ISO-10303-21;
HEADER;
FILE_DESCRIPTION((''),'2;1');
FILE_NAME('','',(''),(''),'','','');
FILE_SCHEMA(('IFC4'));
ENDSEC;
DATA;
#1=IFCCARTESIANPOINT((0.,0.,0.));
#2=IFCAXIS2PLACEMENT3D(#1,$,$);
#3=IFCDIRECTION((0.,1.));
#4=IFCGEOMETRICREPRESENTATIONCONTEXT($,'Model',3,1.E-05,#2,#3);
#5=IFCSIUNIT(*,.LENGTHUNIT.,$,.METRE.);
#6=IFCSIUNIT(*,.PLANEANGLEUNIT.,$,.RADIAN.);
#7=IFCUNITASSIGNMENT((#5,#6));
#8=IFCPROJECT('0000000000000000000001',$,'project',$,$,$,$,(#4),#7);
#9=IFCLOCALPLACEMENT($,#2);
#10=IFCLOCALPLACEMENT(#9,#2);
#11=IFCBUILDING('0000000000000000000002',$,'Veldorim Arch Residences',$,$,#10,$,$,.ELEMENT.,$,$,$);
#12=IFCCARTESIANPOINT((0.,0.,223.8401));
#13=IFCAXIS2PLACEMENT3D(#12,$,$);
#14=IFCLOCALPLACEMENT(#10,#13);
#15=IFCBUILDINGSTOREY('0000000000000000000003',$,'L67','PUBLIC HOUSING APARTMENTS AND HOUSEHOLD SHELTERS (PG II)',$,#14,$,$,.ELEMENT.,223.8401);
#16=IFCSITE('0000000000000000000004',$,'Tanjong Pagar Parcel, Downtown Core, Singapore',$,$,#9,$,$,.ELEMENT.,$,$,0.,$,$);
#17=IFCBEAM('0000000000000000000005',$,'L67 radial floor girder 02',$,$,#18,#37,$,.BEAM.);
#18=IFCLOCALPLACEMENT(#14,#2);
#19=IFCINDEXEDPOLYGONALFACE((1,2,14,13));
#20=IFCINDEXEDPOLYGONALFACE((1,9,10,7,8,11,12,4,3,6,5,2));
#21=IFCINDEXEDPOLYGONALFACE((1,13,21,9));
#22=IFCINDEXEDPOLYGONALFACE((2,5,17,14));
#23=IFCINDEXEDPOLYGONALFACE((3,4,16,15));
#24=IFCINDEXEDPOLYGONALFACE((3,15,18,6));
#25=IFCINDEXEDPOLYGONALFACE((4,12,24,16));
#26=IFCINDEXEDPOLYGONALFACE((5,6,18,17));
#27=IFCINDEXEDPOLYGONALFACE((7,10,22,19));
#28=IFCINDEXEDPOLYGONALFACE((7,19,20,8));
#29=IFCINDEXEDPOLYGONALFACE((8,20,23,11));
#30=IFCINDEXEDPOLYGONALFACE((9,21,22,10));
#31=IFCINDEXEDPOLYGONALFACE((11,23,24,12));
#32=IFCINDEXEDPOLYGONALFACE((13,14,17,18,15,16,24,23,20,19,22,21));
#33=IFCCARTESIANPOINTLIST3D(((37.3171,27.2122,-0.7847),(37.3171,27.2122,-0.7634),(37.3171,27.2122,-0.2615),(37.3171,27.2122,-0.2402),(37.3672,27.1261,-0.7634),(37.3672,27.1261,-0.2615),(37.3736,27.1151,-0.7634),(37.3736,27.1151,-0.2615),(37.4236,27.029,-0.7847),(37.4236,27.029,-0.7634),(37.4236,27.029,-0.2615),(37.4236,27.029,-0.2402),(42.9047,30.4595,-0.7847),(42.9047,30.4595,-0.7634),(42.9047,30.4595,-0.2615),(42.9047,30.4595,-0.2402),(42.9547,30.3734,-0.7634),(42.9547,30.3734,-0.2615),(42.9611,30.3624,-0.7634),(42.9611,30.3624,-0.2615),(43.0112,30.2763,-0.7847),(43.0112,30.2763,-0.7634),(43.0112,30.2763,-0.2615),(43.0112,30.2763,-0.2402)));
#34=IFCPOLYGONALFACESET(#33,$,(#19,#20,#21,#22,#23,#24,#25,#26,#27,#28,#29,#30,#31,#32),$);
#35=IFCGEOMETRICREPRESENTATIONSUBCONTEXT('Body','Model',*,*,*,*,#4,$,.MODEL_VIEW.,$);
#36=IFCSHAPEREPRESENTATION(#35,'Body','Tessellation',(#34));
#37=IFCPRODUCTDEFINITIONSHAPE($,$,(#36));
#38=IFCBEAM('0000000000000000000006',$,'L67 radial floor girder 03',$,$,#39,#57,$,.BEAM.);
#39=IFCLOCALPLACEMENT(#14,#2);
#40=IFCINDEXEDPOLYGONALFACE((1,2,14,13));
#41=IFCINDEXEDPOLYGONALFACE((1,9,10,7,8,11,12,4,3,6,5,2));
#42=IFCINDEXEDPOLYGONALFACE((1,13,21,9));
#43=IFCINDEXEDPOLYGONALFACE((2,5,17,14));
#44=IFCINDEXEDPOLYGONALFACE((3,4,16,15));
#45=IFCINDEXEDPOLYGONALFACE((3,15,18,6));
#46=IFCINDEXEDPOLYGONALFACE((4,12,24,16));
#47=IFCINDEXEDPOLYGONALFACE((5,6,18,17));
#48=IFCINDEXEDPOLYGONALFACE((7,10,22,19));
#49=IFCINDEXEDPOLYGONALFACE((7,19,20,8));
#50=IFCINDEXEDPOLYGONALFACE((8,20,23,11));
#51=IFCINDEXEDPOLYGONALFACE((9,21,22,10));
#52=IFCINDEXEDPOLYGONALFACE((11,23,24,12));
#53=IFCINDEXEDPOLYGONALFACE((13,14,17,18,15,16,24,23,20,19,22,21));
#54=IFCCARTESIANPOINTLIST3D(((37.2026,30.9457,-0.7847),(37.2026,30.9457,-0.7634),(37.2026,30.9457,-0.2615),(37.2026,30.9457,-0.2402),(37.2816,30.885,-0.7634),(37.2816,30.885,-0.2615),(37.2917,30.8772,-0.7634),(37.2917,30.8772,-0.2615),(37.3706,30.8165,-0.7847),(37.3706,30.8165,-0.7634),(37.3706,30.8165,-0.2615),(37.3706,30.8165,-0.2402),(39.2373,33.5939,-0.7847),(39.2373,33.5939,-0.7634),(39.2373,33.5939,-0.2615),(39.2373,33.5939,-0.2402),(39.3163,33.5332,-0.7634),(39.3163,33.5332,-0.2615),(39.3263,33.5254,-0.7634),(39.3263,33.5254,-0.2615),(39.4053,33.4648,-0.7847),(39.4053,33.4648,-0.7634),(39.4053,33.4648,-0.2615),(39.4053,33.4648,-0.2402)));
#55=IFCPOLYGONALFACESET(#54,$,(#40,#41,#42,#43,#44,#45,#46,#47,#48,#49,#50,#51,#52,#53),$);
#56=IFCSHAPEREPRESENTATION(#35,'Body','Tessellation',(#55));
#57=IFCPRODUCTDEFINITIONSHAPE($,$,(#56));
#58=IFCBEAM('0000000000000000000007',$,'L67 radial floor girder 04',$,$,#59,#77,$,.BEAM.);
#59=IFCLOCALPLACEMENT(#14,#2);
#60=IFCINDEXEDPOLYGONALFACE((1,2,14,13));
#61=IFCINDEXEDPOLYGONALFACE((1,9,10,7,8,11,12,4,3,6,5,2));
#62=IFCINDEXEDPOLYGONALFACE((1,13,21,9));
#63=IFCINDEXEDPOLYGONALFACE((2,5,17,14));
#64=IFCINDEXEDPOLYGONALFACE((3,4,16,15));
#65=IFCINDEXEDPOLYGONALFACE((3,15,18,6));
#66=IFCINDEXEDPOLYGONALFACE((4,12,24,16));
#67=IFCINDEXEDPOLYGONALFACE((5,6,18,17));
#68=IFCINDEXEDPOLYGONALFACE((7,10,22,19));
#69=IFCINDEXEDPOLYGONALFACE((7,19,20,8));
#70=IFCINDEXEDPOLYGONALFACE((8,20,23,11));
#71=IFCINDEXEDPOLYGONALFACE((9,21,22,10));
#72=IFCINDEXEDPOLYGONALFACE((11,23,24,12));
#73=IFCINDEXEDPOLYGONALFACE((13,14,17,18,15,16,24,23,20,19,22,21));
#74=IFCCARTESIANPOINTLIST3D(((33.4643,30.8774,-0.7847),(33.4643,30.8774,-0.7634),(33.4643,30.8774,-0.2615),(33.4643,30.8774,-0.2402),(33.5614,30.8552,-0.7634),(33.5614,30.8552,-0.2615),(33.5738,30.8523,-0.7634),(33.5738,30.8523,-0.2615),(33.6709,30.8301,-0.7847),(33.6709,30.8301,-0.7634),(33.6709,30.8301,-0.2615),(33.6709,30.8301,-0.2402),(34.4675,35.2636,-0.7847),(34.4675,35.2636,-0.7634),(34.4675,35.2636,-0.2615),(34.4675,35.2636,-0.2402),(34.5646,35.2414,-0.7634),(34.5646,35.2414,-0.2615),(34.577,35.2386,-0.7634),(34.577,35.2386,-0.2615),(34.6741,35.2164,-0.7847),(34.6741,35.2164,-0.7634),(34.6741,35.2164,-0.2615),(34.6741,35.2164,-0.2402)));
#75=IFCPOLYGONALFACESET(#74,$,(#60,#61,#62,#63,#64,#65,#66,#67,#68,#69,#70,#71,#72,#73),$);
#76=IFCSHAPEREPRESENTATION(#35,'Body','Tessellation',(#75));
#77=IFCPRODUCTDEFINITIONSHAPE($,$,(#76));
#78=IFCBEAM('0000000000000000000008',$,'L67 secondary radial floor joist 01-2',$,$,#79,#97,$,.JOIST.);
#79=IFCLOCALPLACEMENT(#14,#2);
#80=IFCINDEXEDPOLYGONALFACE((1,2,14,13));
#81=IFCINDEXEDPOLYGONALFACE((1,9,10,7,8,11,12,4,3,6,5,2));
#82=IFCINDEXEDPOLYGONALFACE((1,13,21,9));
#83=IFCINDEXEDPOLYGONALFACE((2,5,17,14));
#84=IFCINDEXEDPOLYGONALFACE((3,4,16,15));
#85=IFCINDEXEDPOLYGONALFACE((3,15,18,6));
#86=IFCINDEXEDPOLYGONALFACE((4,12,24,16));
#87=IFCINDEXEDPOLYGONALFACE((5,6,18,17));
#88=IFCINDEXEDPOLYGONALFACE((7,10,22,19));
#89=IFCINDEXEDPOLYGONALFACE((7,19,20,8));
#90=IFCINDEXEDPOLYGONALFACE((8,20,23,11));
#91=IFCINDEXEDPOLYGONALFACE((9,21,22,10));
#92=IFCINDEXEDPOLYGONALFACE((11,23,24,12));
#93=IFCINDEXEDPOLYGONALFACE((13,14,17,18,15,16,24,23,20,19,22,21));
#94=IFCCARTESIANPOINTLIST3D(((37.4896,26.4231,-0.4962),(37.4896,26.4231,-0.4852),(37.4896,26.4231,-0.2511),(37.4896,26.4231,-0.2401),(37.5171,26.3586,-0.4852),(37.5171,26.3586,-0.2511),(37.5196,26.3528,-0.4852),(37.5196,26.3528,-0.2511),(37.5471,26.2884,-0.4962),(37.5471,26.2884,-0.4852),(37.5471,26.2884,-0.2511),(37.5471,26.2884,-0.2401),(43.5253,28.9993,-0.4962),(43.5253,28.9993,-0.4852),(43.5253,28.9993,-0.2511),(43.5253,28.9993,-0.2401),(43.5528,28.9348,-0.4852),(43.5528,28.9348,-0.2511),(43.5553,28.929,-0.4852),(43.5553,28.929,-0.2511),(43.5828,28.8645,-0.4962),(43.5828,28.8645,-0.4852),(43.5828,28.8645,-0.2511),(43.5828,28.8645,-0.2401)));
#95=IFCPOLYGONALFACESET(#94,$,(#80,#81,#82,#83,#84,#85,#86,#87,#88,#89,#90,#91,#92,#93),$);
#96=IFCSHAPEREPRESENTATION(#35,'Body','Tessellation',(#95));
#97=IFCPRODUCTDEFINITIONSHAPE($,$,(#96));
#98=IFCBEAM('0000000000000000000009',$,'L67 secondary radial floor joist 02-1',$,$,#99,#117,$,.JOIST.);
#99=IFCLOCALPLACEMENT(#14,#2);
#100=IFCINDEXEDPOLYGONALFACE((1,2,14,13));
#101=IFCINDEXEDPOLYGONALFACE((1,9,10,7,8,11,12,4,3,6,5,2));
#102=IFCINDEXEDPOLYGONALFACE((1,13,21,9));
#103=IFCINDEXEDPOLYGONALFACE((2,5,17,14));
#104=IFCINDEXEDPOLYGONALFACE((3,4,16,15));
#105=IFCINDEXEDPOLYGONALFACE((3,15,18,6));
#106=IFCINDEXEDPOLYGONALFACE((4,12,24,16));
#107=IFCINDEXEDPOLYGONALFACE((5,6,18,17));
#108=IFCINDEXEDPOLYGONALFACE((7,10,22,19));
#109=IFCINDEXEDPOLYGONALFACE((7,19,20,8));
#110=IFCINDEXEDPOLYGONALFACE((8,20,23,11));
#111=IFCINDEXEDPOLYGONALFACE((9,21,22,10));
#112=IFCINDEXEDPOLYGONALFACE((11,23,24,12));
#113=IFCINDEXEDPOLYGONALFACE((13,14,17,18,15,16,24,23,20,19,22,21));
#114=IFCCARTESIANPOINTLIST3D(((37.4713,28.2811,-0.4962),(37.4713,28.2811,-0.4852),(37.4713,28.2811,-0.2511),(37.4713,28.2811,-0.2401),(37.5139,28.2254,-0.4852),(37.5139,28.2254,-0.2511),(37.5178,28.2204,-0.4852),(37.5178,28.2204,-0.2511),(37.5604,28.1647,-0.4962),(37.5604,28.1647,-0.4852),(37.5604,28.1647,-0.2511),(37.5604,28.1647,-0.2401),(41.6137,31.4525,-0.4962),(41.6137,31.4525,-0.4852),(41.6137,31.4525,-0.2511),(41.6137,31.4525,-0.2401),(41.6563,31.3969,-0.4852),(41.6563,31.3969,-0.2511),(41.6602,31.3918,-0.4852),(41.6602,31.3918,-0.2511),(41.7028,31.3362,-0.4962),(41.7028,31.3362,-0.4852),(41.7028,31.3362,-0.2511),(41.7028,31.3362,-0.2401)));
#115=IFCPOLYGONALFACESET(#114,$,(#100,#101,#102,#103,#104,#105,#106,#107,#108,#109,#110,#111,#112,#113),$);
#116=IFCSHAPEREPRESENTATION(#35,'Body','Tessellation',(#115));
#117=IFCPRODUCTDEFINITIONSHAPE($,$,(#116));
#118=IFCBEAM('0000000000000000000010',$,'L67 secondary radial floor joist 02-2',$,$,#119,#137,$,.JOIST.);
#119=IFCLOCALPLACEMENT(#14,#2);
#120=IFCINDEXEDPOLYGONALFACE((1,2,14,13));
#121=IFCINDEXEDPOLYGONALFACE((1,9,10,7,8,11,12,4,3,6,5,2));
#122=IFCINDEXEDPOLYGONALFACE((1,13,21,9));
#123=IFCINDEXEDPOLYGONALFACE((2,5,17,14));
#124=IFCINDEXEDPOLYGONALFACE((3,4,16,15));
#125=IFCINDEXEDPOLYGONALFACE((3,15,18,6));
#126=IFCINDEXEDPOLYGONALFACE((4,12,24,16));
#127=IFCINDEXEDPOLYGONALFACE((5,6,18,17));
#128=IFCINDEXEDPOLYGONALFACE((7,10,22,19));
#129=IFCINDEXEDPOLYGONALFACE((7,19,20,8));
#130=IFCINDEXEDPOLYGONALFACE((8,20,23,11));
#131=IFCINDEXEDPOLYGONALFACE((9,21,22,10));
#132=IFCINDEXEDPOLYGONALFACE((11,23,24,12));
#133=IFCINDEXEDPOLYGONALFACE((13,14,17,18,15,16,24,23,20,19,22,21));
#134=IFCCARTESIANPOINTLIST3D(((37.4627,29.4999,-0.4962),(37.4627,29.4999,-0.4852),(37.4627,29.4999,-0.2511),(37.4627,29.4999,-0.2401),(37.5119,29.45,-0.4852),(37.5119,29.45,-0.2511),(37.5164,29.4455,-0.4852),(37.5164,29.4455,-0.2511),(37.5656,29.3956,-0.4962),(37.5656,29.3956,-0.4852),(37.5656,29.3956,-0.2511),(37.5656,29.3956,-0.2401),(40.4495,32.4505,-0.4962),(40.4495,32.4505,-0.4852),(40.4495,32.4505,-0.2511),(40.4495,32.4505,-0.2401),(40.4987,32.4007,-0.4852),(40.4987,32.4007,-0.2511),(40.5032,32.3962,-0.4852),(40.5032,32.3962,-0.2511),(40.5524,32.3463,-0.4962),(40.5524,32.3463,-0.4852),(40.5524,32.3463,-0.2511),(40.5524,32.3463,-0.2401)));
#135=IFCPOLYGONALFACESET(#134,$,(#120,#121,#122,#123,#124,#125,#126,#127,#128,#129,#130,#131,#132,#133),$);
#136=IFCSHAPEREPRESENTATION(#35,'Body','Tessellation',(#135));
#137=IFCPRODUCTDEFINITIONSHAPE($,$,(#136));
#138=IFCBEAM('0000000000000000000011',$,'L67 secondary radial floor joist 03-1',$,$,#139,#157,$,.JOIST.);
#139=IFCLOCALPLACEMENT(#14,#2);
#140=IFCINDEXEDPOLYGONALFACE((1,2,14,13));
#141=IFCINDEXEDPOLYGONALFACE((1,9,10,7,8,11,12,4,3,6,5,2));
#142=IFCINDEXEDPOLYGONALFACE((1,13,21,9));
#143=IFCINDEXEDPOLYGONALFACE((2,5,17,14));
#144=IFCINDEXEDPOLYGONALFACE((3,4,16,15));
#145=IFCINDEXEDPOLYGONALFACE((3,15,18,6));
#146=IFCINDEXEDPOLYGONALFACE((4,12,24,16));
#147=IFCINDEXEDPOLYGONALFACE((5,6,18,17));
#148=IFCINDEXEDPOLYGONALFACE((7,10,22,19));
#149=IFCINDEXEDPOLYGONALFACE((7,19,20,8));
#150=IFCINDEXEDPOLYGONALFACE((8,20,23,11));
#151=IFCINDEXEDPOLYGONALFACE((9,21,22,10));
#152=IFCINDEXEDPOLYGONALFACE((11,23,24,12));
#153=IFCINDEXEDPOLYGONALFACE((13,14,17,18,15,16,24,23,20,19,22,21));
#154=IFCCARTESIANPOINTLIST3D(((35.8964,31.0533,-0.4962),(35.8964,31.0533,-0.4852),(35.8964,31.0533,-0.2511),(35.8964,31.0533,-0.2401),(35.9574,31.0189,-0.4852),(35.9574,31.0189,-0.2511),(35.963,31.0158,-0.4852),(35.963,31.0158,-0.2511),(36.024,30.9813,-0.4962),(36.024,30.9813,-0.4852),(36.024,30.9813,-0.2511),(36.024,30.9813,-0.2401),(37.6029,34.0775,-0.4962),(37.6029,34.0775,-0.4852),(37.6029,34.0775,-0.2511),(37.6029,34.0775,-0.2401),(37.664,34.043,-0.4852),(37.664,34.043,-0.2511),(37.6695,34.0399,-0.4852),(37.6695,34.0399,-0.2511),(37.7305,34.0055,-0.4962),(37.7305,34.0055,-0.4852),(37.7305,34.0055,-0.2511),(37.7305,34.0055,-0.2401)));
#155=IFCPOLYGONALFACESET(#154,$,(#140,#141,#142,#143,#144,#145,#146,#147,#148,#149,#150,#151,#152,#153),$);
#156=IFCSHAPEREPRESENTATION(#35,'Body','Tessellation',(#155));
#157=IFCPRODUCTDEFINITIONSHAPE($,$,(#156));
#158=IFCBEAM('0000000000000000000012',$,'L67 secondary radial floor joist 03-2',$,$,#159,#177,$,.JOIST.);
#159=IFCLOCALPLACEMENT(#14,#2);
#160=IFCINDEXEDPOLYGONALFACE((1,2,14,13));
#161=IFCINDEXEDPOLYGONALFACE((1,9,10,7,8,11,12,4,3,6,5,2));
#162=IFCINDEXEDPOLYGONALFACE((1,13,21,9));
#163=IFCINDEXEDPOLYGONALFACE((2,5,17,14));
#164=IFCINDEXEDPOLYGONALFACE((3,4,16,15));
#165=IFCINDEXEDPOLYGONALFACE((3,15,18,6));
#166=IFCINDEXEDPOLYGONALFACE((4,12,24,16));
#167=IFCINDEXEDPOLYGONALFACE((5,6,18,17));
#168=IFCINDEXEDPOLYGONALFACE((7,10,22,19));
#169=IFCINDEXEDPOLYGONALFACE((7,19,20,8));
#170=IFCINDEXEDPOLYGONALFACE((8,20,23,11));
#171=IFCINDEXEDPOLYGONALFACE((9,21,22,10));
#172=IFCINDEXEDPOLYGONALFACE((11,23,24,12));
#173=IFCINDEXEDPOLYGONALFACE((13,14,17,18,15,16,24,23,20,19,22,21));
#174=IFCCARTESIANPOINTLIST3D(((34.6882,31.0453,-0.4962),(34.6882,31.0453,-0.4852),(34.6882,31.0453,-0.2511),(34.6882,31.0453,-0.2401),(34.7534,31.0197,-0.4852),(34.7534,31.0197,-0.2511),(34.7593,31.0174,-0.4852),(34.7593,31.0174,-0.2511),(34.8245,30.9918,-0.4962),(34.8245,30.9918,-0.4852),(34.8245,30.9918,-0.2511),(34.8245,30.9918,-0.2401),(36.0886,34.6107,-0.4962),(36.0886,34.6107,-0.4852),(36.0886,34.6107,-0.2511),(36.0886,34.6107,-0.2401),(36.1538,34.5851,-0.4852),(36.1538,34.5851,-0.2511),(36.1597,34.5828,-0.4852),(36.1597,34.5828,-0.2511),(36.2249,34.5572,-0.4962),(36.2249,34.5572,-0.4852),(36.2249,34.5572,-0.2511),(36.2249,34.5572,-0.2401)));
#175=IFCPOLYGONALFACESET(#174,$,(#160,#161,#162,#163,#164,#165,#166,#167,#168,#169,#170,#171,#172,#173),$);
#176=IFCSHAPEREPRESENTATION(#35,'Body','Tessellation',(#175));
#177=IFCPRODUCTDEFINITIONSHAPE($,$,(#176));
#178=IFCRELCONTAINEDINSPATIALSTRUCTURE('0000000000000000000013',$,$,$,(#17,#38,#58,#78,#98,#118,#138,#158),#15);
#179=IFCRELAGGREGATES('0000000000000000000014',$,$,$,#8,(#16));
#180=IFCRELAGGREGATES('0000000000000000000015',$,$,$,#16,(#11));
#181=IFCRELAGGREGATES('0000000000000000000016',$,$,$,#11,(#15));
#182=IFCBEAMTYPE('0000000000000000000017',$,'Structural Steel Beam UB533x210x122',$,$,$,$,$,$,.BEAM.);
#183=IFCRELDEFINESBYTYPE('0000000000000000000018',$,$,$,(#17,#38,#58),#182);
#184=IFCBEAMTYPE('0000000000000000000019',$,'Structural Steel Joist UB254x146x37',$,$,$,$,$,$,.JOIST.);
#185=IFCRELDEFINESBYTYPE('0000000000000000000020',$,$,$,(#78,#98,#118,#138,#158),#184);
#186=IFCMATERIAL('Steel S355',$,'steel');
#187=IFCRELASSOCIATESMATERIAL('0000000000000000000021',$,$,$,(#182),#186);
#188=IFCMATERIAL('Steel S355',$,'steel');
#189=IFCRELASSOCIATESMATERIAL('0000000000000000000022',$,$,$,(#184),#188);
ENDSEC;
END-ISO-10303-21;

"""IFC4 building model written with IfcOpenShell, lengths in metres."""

from ifc_helpers import new_model, si_unit, direction, frame, origin, origin_2d, place, context, subcontext, project, spatial, i_section, extrude, material, material_profile, profile_set, type_object, element, save


model = new_model("IFC4")

# Units and contexts
model_context = context("Model", 3, precision=1e-05, world=origin(), true_north=direction((0.0, 1.0)))
body_context = subcontext(model_context, "Body", "Model", "MODEL_VIEW")
ifc_project = project(units=[si_unit("LENGTHUNIT", "METRE"), si_unit("PLANEANGLEUNIT", "RADIAN")], contexts=[model_context])

# Site, building, storey
site_placement = place(None, origin())
site = spatial("IfcSite", under=ifc_project, at=site_placement, Name="Tanjong Pagar Parcel, Downtown Core, Singapore", CompositionType="ELEMENT", RefElevation=0.0)
building_placement = place(site_placement, origin())
building = spatial("IfcBuilding", under=site, at=building_placement, Name="Veldorim Arch Residences", CompositionType="ELEMENT")
storey_placement = place(building_placement, frame((0.0, 0.0, 223.8401)))
storey = spatial("IfcBuildingStorey", under=building, at=storey_placement, Name="L67", Description="PUBLIC HOUSING APARTMENTS AND HOUSEHOLD SHELTERS (PG II)", CompositionType="ELEMENT", Elevation=223.8401)

# Beams
ifc_material_1 = material(Name="Steel S355", Category="steel")
ifc_material_profile_1 = material_profile(ifc_material_1, i_section(OverallWidth=0.2119, OverallDepth=0.5444, WebThickness=0.0127, FlangeThickness=0.0212, at=origin_2d()), Name="UB533x210x122")
ifc_profile_set_1 = profile_set([ifc_material_profile_1], Name="Steel S355")
beam_type_1 = type_object("IfcBeamType", Name="Structural Steel Beam UB533x210x122", PredefinedType="BEAM", material=ifc_profile_set_1)
beam_1_placement = place(storey_placement, frame((37.3704, 27.1206, -0.5125), z_axis=(0.864596, 0.502468, 0.0), x_axis=(-0.502468, 0.864596, 0.0)))
element("IfcBeam", 1, at=beam_1_placement, inside=storey, type_object=beam_type_1, Name="L67 radial floor girder 02", PredefinedType="BEAM", context=body_context, shape_type="SweptSolid", body=[
    extrude(i_section(OverallWidth=0.2119, OverallDepth=0.5444, WebThickness=0.0127, FlangeThickness=0.0212, at=origin_2d()), origin(), (0.0, 0.0, 1.0), 6.4626),
])
beam_2_placement = place(storey_placement, frame((37.2866, 30.8811, -0.5125), z_axis=(0.609258, 0.792972, 0.0), x_axis=(-0.792972, 0.609258, 0.0)))
element("IfcBeam", 2, at=beam_2_placement, inside=storey, type_object=beam_type_1, Name="L67 radial floor girder 03", PredefinedType="BEAM", context=body_context, shape_type="SweptSolid", body=[
    extrude(i_section(OverallWidth=0.2119, OverallDepth=0.5444, WebThickness=0.0127, FlangeThickness=0.0212, at=origin_2d()), origin(), (0.0, 0.0, 1.0), 3.3396),
])
beam_3_placement = place(storey_placement, frame((33.5676, 30.8538, -0.5125), z_axis=(0.222953, 0.974829, 0.0), x_axis=(-0.974829, 0.222953, 0.0)))
element("IfcBeam", 3, at=beam_3_placement, inside=storey, type_object=beam_type_1, Name="L67 radial floor girder 04", PredefinedType="BEAM", context=body_context, shape_type="SweptSolid", body=[
    extrude(i_section(OverallWidth=0.2119, OverallDepth=0.5444, WebThickness=0.0127, FlangeThickness=0.0212, at=origin_2d()), origin(), (0.0, 0.0, 1.0), 4.4995),
])
ifc_material_2 = material(Name="Steel S355", Category="steel")
ifc_material_profile_2 = material_profile(ifc_material_2, i_section(OverallWidth=0.1465, OverallDepth=0.2561, WebThickness=0.0063, FlangeThickness=0.011, at=origin_2d()), Name="UB254x146x37")
ifc_profile_set_2 = profile_set([ifc_material_profile_2], Name="Steel S355")
beam_type_2 = type_object("IfcBeamType", Name="Structural Steel Joist UB254x146x37", PredefinedType="JOIST", material=ifc_profile_set_2)
beam_4_placement = place(storey_placement, frame((37.5183, 26.3557, -0.3682), z_axis=(0.919725, 0.392563, 0.0), x_axis=(-0.392563, 0.919725, 0.0)))
element("IfcBeam", 4, at=beam_4_placement, inside=storey, type_object=beam_type_2, Name="L67 secondary radial floor joist 01-2", PredefinedType="JOIST", context=body_context, shape_type="SweptSolid", body=[
    extrude(i_section(OverallWidth=0.1465, OverallDepth=0.2561, WebThickness=0.0063, FlangeThickness=0.011, at=origin_2d()), origin(), (0.0, 0.0, 1.0), 6.5625),
])
beam_5_placement = place(storey_placement, frame((37.5159, 28.2229, -0.3682), z_axis=(0.794014, 0.6079, 0.0), x_axis=(-0.6079, 0.794014, 0.0)))
element("IfcBeam", 5, at=beam_5_placement, inside=storey, type_object=beam_type_2, Name="L67 secondary radial floor joist 02-1", PredefinedType="JOIST", context=body_context, shape_type="SweptSolid", body=[
    extrude(i_section(OverallWidth=0.1465, OverallDepth=0.2561, WebThickness=0.0063, FlangeThickness=0.011, at=origin_2d()), origin(), (0.0, 0.0, 1.0), 5.217),
])
beam_6_placement = place(storey_placement, frame((37.5142, 29.4478, -0.3682), z_axis=(0.711397, 0.702791, 0.0), x_axis=(-0.702791, 0.711397, 0.0)))
element("IfcBeam", 6, at=beam_6_placement, inside=storey, type_object=beam_type_2, Name="L67 secondary radial floor joist 02-2", PredefinedType="JOIST", context=body_context, shape_type="SweptSolid", body=[
    extrude(i_section(OverallWidth=0.1465, OverallDepth=0.2561, WebThickness=0.0063, FlangeThickness=0.011, at=origin_2d()), origin(), (0.0, 0.0, 1.0), 4.1985),
])
beam_7_placement = place(storey_placement, frame((35.9602, 31.0173, -0.3682), z_axis=(0.491452, 0.870904, 0.0), x_axis=(-0.870904, 0.491452, 0.0)))
element("IfcBeam", 7, at=beam_7_placement, inside=storey, type_object=beam_type_2, Name="L67 secondary radial floor joist 03-1", PredefinedType="JOIST", context=body_context, shape_type="SweptSolid", body=[
    extrude(i_section(OverallWidth=0.1465, OverallDepth=0.2561, WebThickness=0.0063, FlangeThickness=0.011, at=origin_2d()), origin(), (0.0, 0.0, 1.0), 3.4724),
])
beam_8_placement = place(storey_placement, frame((34.7563, 31.0186, -0.3682), z_axis=(0.365581, 0.930779, 0.0), x_axis=(-0.930779, 0.365581, 0.0)))
element("IfcBeam", 8, at=beam_8_placement, inside=storey, type_object=beam_type_2, Name="L67 secondary radial floor joist 03-2", PredefinedType="JOIST", context=body_context, shape_type="SweptSolid", body=[
    extrude(i_section(OverallWidth=0.1465, OverallDepth=0.2561, WebThickness=0.0063, FlangeThickness=0.011, at=origin_2d()), origin(), (0.0, 0.0, 1.0), 3.8306),
])

save(model, "model.ifc")
